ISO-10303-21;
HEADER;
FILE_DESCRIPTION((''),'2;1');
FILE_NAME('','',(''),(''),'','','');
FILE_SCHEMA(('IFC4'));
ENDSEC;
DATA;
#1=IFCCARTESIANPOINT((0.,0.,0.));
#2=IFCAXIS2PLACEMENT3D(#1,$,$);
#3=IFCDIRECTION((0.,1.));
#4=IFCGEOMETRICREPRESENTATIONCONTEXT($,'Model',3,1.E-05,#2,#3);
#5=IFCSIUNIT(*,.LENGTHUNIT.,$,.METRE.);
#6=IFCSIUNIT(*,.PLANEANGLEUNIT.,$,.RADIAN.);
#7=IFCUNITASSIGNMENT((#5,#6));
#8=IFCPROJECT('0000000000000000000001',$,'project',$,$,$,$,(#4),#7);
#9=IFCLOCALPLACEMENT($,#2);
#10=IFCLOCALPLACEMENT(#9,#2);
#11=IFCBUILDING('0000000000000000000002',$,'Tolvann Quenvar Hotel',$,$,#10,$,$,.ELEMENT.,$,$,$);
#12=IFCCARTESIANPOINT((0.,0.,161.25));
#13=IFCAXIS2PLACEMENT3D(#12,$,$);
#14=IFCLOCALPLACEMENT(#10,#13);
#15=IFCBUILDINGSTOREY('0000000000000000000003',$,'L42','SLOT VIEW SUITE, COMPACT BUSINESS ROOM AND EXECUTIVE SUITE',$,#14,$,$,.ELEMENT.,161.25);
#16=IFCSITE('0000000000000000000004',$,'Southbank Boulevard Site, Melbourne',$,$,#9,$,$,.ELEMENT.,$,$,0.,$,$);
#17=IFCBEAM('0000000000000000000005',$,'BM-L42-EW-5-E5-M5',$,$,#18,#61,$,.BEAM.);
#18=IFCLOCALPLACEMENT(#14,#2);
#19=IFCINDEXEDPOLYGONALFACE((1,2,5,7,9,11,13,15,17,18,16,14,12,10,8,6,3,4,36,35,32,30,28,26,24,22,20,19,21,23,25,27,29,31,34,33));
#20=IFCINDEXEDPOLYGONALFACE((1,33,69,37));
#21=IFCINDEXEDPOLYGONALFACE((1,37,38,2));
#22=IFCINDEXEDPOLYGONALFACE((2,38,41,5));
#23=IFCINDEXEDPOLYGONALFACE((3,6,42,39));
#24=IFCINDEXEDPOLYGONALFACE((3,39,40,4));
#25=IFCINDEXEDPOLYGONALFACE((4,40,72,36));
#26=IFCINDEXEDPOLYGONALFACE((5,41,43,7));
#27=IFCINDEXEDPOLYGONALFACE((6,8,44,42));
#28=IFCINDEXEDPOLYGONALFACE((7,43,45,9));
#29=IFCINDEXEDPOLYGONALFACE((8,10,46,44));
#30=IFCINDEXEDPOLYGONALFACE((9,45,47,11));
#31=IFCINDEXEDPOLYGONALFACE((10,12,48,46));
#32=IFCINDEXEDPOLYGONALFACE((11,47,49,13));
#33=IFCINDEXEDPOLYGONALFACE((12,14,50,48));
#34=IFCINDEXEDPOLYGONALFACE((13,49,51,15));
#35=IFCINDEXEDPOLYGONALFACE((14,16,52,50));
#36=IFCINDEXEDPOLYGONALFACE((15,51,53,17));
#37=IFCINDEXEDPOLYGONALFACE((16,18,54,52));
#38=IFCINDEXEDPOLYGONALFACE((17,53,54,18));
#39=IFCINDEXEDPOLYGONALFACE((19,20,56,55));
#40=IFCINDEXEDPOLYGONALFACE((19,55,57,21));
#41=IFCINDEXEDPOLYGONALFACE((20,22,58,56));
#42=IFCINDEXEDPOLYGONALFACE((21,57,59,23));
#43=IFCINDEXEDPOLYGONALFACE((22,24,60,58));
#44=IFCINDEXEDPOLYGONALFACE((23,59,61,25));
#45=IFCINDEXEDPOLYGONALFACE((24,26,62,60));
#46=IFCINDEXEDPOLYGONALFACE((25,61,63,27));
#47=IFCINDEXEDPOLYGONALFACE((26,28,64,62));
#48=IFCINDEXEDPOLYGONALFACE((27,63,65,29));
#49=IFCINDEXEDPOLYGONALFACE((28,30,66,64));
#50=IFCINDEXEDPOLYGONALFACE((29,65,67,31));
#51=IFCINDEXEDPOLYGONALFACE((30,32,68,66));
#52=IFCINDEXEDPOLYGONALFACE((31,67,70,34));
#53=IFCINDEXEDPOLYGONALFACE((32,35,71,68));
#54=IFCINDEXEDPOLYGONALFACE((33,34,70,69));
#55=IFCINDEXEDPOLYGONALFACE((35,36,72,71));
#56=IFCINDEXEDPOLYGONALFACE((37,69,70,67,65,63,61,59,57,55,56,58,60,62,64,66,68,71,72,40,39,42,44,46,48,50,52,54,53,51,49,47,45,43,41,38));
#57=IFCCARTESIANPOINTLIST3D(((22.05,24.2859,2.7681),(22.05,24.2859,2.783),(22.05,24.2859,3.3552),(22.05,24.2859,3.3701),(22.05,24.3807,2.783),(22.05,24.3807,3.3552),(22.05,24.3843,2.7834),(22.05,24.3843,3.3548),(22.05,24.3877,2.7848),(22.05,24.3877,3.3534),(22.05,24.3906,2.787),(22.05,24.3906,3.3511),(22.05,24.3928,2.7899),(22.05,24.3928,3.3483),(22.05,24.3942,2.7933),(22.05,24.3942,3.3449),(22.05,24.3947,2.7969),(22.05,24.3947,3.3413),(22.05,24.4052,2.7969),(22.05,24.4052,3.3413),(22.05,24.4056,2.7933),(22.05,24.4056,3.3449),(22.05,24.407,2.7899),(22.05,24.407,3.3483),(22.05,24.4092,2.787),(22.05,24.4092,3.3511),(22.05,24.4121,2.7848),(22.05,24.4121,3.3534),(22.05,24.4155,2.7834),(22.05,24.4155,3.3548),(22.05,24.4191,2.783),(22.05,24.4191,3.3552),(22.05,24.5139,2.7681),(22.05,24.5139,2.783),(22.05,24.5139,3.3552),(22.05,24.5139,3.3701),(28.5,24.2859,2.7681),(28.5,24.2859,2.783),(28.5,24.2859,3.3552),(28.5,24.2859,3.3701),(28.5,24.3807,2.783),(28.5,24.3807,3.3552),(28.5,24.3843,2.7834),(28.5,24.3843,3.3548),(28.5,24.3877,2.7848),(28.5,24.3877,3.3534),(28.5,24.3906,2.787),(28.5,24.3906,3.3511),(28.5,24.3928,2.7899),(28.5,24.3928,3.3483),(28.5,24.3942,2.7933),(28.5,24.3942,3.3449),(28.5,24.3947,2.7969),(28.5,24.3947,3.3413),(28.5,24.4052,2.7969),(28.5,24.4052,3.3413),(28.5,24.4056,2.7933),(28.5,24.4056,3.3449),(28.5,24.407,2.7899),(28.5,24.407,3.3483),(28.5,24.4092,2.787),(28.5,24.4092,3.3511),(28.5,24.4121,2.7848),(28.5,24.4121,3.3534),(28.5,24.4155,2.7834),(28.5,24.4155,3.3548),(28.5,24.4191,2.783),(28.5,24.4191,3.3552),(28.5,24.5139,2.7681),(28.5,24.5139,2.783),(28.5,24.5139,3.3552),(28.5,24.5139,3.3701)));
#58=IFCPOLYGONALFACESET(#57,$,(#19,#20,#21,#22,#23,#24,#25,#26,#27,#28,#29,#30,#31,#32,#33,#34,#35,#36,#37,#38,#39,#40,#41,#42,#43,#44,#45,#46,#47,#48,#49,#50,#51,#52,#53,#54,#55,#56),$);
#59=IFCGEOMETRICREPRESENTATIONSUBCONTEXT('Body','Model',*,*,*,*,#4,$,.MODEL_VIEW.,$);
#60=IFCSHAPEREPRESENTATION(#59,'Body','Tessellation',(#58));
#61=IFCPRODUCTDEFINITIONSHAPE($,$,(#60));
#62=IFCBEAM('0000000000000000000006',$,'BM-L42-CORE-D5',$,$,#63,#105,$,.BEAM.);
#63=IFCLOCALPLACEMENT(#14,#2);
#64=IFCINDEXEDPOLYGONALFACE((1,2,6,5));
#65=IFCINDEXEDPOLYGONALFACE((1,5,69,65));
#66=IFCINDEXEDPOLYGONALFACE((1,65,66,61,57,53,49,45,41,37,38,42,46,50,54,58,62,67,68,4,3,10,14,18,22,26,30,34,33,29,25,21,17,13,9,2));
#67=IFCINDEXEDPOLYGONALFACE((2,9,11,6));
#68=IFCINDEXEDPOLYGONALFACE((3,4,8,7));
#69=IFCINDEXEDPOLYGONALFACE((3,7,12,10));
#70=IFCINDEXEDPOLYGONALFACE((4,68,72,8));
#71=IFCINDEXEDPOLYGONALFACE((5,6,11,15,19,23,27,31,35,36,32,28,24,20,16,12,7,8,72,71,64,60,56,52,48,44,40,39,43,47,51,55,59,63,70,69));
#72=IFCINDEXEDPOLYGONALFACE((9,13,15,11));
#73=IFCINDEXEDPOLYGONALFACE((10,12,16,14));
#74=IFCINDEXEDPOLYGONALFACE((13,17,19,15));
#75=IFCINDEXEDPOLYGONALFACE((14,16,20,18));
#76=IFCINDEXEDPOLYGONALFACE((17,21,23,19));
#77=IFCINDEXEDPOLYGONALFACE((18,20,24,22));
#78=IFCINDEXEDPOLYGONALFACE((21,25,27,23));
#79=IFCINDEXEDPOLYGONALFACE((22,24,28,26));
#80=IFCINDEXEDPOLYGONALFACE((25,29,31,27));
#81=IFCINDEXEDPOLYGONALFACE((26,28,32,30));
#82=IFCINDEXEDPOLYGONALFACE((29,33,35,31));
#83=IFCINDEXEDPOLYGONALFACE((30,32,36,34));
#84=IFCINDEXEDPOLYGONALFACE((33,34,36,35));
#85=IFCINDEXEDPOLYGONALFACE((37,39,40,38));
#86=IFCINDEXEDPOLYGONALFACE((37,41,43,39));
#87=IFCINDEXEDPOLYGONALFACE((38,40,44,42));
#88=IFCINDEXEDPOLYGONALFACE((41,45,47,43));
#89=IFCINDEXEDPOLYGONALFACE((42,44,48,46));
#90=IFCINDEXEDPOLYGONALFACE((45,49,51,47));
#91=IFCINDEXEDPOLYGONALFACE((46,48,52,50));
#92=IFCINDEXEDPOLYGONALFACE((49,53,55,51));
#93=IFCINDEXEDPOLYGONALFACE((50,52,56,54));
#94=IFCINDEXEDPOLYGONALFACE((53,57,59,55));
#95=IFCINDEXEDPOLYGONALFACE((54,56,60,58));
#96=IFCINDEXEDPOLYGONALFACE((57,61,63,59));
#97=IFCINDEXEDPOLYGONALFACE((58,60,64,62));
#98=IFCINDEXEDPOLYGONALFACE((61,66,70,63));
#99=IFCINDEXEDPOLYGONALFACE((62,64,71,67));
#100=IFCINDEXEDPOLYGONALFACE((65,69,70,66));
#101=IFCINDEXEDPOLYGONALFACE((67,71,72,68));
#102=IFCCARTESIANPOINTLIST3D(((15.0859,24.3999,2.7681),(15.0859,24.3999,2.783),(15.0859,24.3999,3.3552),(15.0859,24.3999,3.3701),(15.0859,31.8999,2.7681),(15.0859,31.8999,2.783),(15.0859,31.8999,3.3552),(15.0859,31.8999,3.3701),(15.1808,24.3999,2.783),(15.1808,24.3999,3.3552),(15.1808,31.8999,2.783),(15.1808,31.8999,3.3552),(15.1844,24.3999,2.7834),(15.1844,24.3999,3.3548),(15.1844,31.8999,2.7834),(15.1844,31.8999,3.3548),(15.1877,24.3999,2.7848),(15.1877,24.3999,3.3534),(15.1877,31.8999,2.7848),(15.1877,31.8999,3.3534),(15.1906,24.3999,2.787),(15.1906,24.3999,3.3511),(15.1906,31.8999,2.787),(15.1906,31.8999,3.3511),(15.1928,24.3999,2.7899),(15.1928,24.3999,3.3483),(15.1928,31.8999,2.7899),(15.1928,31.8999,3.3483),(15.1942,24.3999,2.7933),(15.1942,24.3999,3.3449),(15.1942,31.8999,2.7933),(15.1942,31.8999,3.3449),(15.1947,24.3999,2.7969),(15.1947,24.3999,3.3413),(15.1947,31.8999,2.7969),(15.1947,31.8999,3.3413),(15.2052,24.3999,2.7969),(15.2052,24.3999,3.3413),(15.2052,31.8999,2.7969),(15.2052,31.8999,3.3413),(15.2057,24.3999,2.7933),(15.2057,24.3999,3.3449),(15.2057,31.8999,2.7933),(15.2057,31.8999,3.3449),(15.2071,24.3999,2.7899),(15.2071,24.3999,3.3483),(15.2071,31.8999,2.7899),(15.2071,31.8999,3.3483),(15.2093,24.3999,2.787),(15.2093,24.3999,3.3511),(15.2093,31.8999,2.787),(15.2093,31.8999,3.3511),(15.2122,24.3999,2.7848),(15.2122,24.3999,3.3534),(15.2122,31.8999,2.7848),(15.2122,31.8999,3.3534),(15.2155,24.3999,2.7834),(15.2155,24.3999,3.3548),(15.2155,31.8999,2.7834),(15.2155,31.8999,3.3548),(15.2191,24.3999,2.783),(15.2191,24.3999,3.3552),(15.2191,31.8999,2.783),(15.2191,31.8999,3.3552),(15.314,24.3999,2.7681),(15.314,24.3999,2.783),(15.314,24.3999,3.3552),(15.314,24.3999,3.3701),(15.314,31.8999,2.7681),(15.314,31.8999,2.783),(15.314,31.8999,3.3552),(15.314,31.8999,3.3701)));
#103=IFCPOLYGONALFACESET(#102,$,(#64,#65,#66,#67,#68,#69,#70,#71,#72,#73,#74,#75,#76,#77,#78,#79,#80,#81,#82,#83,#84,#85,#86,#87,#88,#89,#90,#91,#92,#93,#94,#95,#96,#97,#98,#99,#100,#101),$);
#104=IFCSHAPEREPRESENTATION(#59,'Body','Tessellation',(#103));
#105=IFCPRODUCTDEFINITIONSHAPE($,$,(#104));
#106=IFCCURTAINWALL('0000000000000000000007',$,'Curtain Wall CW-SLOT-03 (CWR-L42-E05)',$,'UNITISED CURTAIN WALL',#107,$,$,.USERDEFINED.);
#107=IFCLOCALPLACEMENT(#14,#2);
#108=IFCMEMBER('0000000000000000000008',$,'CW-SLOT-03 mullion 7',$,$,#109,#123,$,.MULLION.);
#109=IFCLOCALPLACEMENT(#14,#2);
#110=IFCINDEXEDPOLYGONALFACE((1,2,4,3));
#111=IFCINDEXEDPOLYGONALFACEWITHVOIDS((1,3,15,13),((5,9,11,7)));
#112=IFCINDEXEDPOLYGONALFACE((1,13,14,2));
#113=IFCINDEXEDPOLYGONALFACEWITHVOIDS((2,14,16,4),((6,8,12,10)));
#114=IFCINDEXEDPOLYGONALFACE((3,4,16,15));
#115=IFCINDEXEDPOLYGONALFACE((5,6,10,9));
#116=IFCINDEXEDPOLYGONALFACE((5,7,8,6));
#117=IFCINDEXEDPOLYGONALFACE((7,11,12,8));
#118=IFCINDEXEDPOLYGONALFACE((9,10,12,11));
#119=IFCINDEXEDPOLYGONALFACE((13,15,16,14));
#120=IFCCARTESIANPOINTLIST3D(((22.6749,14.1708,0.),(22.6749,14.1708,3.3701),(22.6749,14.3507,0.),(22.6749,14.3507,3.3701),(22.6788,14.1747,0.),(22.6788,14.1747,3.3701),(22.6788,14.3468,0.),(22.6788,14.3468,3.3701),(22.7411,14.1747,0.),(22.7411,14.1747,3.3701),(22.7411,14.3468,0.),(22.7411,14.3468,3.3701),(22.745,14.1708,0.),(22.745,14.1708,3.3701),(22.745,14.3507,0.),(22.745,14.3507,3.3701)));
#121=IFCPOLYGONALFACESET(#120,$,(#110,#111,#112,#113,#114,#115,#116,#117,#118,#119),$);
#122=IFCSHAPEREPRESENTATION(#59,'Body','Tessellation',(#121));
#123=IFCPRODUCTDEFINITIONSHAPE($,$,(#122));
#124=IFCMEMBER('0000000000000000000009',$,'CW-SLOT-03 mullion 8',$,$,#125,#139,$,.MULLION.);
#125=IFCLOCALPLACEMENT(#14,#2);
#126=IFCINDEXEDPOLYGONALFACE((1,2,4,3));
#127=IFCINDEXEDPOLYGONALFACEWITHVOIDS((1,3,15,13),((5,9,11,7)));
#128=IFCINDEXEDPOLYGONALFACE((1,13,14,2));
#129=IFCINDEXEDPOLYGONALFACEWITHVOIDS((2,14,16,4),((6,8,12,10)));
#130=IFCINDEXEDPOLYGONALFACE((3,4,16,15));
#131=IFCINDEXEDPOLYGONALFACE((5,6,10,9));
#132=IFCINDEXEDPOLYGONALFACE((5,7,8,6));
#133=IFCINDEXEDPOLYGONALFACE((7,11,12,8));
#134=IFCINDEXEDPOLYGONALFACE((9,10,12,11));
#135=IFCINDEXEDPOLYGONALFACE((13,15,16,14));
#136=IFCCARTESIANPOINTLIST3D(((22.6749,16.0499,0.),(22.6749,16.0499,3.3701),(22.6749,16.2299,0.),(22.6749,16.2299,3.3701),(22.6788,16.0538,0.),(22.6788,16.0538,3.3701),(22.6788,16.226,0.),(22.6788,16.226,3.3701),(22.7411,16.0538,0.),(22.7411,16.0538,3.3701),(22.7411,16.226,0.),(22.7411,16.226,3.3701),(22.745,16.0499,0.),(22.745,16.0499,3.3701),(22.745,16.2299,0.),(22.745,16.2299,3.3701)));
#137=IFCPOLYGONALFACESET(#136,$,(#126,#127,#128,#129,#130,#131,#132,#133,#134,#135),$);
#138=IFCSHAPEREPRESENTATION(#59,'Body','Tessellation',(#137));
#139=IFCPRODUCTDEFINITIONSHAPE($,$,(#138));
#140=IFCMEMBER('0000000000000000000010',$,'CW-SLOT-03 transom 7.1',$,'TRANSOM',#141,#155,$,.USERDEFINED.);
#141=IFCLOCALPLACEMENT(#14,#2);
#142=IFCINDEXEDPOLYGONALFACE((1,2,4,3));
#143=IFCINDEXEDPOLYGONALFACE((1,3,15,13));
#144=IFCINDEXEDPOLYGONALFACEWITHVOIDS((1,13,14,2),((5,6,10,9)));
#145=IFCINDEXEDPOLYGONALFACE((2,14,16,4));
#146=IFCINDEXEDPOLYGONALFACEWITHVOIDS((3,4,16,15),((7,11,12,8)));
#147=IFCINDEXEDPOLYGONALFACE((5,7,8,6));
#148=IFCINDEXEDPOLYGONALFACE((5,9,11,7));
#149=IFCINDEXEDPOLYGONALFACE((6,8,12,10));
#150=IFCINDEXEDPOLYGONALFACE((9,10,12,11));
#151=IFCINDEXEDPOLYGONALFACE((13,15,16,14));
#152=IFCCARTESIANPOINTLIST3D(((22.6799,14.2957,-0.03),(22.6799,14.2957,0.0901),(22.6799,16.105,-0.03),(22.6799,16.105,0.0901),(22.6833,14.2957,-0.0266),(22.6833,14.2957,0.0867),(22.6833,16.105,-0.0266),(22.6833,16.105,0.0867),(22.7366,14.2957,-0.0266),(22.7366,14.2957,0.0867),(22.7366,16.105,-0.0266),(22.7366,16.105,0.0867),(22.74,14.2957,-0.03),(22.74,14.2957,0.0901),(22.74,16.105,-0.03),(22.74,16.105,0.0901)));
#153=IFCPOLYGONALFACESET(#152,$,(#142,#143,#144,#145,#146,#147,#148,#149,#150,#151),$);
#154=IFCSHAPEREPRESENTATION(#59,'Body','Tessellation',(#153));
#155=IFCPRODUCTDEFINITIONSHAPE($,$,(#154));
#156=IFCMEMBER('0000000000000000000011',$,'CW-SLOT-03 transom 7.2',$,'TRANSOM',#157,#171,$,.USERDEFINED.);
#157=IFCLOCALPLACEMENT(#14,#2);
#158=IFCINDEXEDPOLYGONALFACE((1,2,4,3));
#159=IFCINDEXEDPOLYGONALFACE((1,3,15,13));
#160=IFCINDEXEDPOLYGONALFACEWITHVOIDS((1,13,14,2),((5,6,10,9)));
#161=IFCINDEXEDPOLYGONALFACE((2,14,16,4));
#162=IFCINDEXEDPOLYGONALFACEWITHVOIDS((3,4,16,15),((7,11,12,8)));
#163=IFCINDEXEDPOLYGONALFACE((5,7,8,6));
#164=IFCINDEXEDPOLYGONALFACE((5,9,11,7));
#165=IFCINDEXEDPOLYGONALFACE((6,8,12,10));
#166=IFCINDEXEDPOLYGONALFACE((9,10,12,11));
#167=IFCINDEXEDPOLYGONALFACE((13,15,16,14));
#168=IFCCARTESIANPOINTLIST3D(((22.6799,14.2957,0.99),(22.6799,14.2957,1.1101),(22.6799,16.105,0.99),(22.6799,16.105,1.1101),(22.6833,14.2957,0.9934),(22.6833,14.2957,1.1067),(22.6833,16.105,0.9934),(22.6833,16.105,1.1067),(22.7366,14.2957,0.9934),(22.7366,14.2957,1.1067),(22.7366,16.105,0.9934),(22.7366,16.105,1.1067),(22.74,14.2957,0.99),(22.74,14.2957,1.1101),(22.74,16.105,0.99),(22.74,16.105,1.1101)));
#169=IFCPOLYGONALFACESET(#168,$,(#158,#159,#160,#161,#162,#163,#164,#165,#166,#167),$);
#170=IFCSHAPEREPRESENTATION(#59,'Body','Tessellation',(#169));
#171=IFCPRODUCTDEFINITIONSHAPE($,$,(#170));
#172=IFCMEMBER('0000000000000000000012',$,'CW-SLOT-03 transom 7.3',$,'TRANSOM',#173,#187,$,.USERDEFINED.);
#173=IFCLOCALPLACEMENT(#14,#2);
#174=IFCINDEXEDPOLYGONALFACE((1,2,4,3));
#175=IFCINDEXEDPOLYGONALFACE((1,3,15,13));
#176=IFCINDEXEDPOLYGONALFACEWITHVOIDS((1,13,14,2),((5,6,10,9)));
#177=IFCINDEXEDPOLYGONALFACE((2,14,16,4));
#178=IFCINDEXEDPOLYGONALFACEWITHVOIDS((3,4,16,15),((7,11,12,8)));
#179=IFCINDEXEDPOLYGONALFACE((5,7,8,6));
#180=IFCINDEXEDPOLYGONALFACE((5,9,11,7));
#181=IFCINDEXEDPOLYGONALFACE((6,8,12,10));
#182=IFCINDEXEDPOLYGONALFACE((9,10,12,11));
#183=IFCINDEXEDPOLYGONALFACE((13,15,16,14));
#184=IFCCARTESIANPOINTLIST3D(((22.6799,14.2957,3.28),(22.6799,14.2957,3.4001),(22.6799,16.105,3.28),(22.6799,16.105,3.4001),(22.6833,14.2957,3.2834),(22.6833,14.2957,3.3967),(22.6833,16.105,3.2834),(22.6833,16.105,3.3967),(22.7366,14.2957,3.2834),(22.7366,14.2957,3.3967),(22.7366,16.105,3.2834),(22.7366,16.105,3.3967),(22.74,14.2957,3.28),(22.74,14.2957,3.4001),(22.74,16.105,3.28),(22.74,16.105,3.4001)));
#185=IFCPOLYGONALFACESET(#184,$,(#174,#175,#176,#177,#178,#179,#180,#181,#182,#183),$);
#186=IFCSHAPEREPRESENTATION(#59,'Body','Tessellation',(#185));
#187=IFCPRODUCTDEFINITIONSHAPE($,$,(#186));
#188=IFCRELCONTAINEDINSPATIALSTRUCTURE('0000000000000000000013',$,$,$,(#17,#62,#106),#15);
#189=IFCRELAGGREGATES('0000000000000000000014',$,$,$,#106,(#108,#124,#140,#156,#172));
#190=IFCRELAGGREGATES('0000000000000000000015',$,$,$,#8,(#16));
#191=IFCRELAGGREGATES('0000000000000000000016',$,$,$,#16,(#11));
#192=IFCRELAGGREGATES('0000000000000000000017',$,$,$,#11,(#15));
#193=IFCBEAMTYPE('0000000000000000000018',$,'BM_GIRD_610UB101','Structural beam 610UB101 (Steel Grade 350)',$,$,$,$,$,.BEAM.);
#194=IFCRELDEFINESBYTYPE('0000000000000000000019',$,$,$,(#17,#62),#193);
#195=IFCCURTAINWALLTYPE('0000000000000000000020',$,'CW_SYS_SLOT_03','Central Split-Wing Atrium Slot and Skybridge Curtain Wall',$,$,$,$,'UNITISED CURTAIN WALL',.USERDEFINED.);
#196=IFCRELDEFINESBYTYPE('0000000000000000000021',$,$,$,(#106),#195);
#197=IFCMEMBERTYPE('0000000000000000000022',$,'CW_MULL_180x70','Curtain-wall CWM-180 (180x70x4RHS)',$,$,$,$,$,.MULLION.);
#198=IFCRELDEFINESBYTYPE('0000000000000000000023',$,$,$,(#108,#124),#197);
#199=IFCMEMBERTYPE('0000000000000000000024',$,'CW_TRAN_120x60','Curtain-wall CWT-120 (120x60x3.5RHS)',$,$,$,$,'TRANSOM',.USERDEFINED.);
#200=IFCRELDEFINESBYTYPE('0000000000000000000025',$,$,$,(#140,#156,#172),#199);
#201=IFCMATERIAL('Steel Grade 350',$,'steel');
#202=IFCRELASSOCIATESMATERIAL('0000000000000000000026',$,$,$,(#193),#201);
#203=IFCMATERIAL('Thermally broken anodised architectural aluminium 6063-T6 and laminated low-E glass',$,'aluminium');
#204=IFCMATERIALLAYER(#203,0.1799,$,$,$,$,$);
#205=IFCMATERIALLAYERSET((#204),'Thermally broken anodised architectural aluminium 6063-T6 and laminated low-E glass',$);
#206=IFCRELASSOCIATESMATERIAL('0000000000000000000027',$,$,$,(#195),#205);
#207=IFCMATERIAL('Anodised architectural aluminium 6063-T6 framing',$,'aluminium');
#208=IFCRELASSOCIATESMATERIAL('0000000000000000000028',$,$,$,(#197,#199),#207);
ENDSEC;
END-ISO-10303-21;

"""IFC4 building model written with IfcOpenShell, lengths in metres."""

from ifc_helpers import new_model, si_unit, direction, frame, origin, origin_2d, place, context, subcontext, project, spatial, hollow_rectangle, i_section, extrude, source, transform, mapped, material, layer, layer_set, material_profile, profile_set, type_object, type_shapes, element, aggregate, save


model = new_model("IFC4")

# Units and contexts
model_context = context("Model", 3, precision=1e-05, world=origin(), true_north=direction((0.0, 1.0)))
body_context = subcontext(model_context, "Body", "Model", "MODEL_VIEW")
ifc_project = project(units=[si_unit("LENGTHUNIT", "METRE"), si_unit("PLANEANGLEUNIT", "RADIAN")], contexts=[model_context])

# Site, building, storey
site_placement = place(None, origin())
site = spatial("IfcSite", under=ifc_project, at=site_placement, Name="Southbank Boulevard Site, Melbourne", CompositionType="ELEMENT", RefElevation=0.0)
building_placement = place(site_placement, origin())
building = spatial("IfcBuilding", under=site, at=building_placement, Name="Tolvann Quenvar Hotel", CompositionType="ELEMENT")
storey_placement = place(building_placement, frame((0.0, 0.0, 161.25)))
storey = spatial("IfcBuildingStorey", under=building, at=storey_placement, Name="L42", Description="SLOT VIEW SUITE, COMPACT BUSINESS ROOM AND EXECUTIVE SUITE", CompositionType="ELEMENT", Elevation=161.25)

# Shared definitions
ifc_material_1 = material(Name="Steel Grade 350", Category="steel")

# Beams
ifc_material_profile_1 = material_profile(ifc_material_1, i_section(OverallWidth=0.228, OverallDepth=0.6021, WebThickness=0.0105, FlangeThickness=0.0149, FilletRadius=0.0139, at=origin_2d()), Name="610UB101")
ifc_profile_set_1 = profile_set([ifc_material_profile_1], Name="Steel Grade 350")
beam_type_1 = type_object("IfcBeamType", Name="BM_GIRD_610UB101", Description="Structural beam 610UB101 (Steel Grade 350)", PredefinedType="BEAM", material=ifc_profile_set_1)
shared_shape_1 = source(origin(), body_context, "Body", "SweptSolid", [
    extrude(i_section(OverallWidth=0.228, OverallDepth=0.6021, WebThickness=0.0105, FlangeThickness=0.0149, FilletRadius=0.0139, at=origin_2d()), origin(), (0.0, 0.0, 1.0), 6.45),
])
beam_1_placement = place(storey_placement, frame((22.05, 24.3999, 3.0691), z_axis=(1.0, 0.0, 0.0), x_axis=(0.0, 1.0, 0.0)))
element("IfcBeam", 1, at=beam_1_placement, inside=storey, type_object=beam_type_1, Name="BM-L42-EW-5-E5-M5", PredefinedType="BEAM", context=body_context, shape_type="MappedRepresentation", body=[
    mapped(shared_shape_1, transform((0.0, 0.0, 0.0), x_axis=(1.0, 0.0, 0.0), y_axis=(0.0, 1.0, 0.0), z_axis=(0.0, 0.0, 1.0), scale=1.0)),
])
shared_shape_2 = source(origin(), body_context, "Body", "SweptSolid", [
    extrude(i_section(OverallWidth=0.228, OverallDepth=0.6021, WebThickness=0.0105, FlangeThickness=0.0149, FilletRadius=0.0139, at=origin_2d()), origin(), (0.0, 0.0, 1.0), 7.5),
])
beam_2_placement = place(storey_placement, frame((15.2, 24.3999, 3.0691), z_axis=(0.0, 1.0, 0.0), x_axis=(-1.0, 0.0, 0.0)))
element("IfcBeam", 2, at=beam_2_placement, inside=storey, type_object=beam_type_1, Name="BM-L42-CORE-D5", PredefinedType="BEAM", context=body_context, shape_type="MappedRepresentation", body=[
    mapped(shared_shape_2, transform((0.0, 0.0, 0.0), x_axis=(1.0, 0.0, 0.0), y_axis=(0.0, 1.0, 0.0), z_axis=(0.0, 0.0, 1.0), scale=1.0)),
])

# Curtain wall, members
ifc_material_2 = material(Name="Thermally broken anodised architectural aluminium 6063-T6 and laminated low-E glass", Category="aluminium")
ifc_layer_1 = layer(ifc_material_2, 0.1799)
ifc_layer_set_1 = layer_set([ifc_layer_1], Name="Thermally broken anodised architectural aluminium 6063-T6 and laminated low-E glass")
curtain_wall_type = type_object("IfcCurtainWallType", Name="CW_SYS_SLOT_03", Description="Central Split-Wing Atrium Slot and Skybridge Curtain Wall", ElementType="UNITISED CURTAIN WALL", PredefinedType="USERDEFINED", material=ifc_layer_set_1)
curtain_wall_placement = place(storey_placement, origin())
curtain_wall = element("IfcCurtainWall", 3, at=curtain_wall_placement, inside=storey, type_object=curtain_wall_type, Name="Curtain Wall CW-SLOT-03 (CWR-L42-E05)", ObjectType="UNITISED CURTAIN WALL", PredefinedType="USERDEFINED")
ifc_material_3 = material(Name="Anodised architectural aluminium 6063-T6 framing", Category="aluminium")
ifc_material_profile_2 = material_profile(ifc_material_3, hollow_rectangle(XDim=0.0701, YDim=0.1799, WallThickness=0.0039, at=origin_2d()), Name="180x70x4RHS")
ifc_profile_set_2 = profile_set([ifc_material_profile_2], Name="Anodised architectural aluminium 6063-T6 framing")
member_type_1 = type_object("IfcMemberType", Name="CW_MULL_180x70", Description="Curtain-wall CWM-180 (180x70x4RHS)", PredefinedType="MULLION", material=ifc_profile_set_2)
shared_shape_3 = source(origin(), body_context, "Body", "SweptSolid", [
    extrude(hollow_rectangle(XDim=0.0701, YDim=0.1799, WallThickness=0.0039, at=origin_2d()), origin(), (0.0, 0.0, 1.0), 3.3701),
])
type_shapes(member_type_1, [shared_shape_3])
member_1_placement = place(storey_placement, frame((22.71, 14.2607, 0.0), z_axis=(0.0, 0.0, 1.0), x_axis=(-1.0, 0.0, 0.0)))
member_1 = element("IfcMember", 4, at=member_1_placement, type_object=member_type_1, Name="CW-SLOT-03 mullion 7", PredefinedType="MULLION", context=body_context, shape_type="MappedRepresentation", body=[
    mapped(shared_shape_3, transform((0.0, 0.0, 0.0), x_axis=(1.0, 0.0, 0.0), y_axis=(0.0, 1.0, 0.0), z_axis=(0.0, 0.0, 1.0), scale=1.0)),
])
member_2_placement = place(storey_placement, frame((22.71, 16.1399, 0.0), z_axis=(0.0, 0.0, 1.0), x_axis=(-1.0, 0.0, 0.0)))
member_2 = element("IfcMember", 5, at=member_2_placement, type_object=member_type_1, Name="CW-SLOT-03 mullion 8", PredefinedType="MULLION", context=body_context, shape_type="MappedRepresentation", body=[
    mapped(shared_shape_3, transform((0.0, 0.0, 0.0), x_axis=(1.0, 0.0, 0.0), y_axis=(0.0, 1.0, 0.0), z_axis=(0.0, 0.0, 1.0), scale=1.0)),
])
ifc_material_profile_3 = material_profile(ifc_material_3, hollow_rectangle(XDim=0.0601, YDim=0.1201, WallThickness=0.0034, at=origin_2d()), Name="120x60x3.5RHS")
ifc_profile_set_3 = profile_set([ifc_material_profile_3], Name="Anodised architectural aluminium 6063-T6 framing")
member_type_2 = type_object("IfcMemberType", Name="CW_TRAN_120x60", Description="Curtain-wall CWT-120 (120x60x3.5RHS)", ElementType="TRANSOM", PredefinedType="USERDEFINED", material=ifc_profile_set_3)
shared_shape_4 = source(origin(), body_context, "Body", "SweptSolid", [
    extrude(hollow_rectangle(XDim=0.0601, YDim=0.1201, WallThickness=0.0034, at=origin_2d()), origin(), (0.0, 0.0, 1.0), 1.8093),
])
type_shapes(member_type_2, [shared_shape_4])
member_3_placement = place(storey_placement, frame((22.71, 14.2957, 0.03), z_axis=(0.0, 1.0, 0.0), x_axis=(-1.0, 0.0, 0.0)))
member_3 = element("IfcMember", 6, at=member_3_placement, type_object=member_type_2, Name="CW-SLOT-03 transom 7.1", ObjectType="TRANSOM", PredefinedType="USERDEFINED", context=body_context, shape_type="MappedRepresentation", body=[
    mapped(shared_shape_4, transform((0.0, 0.0, 0.0), x_axis=(1.0, 0.0, 0.0), y_axis=(0.0, 1.0, 0.0), z_axis=(0.0, 0.0, 1.0), scale=1.0)),
])
member_4_placement = place(storey_placement, frame((22.71, 14.2957, 1.05), z_axis=(0.0, 1.0, 0.0), x_axis=(-1.0, 0.0, 0.0)))
member_4 = element("IfcMember", 7, at=member_4_placement, type_object=member_type_2, Name="CW-SLOT-03 transom 7.2", ObjectType="TRANSOM", PredefinedType="USERDEFINED", context=body_context, shape_type="MappedRepresentation", body=[
    mapped(shared_shape_4, transform((0.0, 0.0, 0.0), x_axis=(1.0, 0.0, 0.0), y_axis=(0.0, 1.0, 0.0), z_axis=(0.0, 0.0, 1.0), scale=1.0)),
])
member_5_placement = place(storey_placement, frame((22.71, 14.2957, 3.3401), z_axis=(0.0, 1.0, 0.0), x_axis=(-1.0, 0.0, 0.0)))
member_5 = element("IfcMember", 8, at=member_5_placement, type_object=member_type_2, Name="CW-SLOT-03 transom 7.3", ObjectType="TRANSOM", PredefinedType="USERDEFINED", context=body_context, shape_type="MappedRepresentation", body=[
    mapped(shared_shape_4, transform((0.0, 0.0, 0.0), x_axis=(1.0, 0.0, 0.0), y_axis=(0.0, 1.0, 0.0), z_axis=(0.0, 0.0, 1.0), scale=1.0)),
])
aggregate(curtain_wall, [member_1, member_2, member_3, member_4, member_5])

save(model, "model.ifc")
